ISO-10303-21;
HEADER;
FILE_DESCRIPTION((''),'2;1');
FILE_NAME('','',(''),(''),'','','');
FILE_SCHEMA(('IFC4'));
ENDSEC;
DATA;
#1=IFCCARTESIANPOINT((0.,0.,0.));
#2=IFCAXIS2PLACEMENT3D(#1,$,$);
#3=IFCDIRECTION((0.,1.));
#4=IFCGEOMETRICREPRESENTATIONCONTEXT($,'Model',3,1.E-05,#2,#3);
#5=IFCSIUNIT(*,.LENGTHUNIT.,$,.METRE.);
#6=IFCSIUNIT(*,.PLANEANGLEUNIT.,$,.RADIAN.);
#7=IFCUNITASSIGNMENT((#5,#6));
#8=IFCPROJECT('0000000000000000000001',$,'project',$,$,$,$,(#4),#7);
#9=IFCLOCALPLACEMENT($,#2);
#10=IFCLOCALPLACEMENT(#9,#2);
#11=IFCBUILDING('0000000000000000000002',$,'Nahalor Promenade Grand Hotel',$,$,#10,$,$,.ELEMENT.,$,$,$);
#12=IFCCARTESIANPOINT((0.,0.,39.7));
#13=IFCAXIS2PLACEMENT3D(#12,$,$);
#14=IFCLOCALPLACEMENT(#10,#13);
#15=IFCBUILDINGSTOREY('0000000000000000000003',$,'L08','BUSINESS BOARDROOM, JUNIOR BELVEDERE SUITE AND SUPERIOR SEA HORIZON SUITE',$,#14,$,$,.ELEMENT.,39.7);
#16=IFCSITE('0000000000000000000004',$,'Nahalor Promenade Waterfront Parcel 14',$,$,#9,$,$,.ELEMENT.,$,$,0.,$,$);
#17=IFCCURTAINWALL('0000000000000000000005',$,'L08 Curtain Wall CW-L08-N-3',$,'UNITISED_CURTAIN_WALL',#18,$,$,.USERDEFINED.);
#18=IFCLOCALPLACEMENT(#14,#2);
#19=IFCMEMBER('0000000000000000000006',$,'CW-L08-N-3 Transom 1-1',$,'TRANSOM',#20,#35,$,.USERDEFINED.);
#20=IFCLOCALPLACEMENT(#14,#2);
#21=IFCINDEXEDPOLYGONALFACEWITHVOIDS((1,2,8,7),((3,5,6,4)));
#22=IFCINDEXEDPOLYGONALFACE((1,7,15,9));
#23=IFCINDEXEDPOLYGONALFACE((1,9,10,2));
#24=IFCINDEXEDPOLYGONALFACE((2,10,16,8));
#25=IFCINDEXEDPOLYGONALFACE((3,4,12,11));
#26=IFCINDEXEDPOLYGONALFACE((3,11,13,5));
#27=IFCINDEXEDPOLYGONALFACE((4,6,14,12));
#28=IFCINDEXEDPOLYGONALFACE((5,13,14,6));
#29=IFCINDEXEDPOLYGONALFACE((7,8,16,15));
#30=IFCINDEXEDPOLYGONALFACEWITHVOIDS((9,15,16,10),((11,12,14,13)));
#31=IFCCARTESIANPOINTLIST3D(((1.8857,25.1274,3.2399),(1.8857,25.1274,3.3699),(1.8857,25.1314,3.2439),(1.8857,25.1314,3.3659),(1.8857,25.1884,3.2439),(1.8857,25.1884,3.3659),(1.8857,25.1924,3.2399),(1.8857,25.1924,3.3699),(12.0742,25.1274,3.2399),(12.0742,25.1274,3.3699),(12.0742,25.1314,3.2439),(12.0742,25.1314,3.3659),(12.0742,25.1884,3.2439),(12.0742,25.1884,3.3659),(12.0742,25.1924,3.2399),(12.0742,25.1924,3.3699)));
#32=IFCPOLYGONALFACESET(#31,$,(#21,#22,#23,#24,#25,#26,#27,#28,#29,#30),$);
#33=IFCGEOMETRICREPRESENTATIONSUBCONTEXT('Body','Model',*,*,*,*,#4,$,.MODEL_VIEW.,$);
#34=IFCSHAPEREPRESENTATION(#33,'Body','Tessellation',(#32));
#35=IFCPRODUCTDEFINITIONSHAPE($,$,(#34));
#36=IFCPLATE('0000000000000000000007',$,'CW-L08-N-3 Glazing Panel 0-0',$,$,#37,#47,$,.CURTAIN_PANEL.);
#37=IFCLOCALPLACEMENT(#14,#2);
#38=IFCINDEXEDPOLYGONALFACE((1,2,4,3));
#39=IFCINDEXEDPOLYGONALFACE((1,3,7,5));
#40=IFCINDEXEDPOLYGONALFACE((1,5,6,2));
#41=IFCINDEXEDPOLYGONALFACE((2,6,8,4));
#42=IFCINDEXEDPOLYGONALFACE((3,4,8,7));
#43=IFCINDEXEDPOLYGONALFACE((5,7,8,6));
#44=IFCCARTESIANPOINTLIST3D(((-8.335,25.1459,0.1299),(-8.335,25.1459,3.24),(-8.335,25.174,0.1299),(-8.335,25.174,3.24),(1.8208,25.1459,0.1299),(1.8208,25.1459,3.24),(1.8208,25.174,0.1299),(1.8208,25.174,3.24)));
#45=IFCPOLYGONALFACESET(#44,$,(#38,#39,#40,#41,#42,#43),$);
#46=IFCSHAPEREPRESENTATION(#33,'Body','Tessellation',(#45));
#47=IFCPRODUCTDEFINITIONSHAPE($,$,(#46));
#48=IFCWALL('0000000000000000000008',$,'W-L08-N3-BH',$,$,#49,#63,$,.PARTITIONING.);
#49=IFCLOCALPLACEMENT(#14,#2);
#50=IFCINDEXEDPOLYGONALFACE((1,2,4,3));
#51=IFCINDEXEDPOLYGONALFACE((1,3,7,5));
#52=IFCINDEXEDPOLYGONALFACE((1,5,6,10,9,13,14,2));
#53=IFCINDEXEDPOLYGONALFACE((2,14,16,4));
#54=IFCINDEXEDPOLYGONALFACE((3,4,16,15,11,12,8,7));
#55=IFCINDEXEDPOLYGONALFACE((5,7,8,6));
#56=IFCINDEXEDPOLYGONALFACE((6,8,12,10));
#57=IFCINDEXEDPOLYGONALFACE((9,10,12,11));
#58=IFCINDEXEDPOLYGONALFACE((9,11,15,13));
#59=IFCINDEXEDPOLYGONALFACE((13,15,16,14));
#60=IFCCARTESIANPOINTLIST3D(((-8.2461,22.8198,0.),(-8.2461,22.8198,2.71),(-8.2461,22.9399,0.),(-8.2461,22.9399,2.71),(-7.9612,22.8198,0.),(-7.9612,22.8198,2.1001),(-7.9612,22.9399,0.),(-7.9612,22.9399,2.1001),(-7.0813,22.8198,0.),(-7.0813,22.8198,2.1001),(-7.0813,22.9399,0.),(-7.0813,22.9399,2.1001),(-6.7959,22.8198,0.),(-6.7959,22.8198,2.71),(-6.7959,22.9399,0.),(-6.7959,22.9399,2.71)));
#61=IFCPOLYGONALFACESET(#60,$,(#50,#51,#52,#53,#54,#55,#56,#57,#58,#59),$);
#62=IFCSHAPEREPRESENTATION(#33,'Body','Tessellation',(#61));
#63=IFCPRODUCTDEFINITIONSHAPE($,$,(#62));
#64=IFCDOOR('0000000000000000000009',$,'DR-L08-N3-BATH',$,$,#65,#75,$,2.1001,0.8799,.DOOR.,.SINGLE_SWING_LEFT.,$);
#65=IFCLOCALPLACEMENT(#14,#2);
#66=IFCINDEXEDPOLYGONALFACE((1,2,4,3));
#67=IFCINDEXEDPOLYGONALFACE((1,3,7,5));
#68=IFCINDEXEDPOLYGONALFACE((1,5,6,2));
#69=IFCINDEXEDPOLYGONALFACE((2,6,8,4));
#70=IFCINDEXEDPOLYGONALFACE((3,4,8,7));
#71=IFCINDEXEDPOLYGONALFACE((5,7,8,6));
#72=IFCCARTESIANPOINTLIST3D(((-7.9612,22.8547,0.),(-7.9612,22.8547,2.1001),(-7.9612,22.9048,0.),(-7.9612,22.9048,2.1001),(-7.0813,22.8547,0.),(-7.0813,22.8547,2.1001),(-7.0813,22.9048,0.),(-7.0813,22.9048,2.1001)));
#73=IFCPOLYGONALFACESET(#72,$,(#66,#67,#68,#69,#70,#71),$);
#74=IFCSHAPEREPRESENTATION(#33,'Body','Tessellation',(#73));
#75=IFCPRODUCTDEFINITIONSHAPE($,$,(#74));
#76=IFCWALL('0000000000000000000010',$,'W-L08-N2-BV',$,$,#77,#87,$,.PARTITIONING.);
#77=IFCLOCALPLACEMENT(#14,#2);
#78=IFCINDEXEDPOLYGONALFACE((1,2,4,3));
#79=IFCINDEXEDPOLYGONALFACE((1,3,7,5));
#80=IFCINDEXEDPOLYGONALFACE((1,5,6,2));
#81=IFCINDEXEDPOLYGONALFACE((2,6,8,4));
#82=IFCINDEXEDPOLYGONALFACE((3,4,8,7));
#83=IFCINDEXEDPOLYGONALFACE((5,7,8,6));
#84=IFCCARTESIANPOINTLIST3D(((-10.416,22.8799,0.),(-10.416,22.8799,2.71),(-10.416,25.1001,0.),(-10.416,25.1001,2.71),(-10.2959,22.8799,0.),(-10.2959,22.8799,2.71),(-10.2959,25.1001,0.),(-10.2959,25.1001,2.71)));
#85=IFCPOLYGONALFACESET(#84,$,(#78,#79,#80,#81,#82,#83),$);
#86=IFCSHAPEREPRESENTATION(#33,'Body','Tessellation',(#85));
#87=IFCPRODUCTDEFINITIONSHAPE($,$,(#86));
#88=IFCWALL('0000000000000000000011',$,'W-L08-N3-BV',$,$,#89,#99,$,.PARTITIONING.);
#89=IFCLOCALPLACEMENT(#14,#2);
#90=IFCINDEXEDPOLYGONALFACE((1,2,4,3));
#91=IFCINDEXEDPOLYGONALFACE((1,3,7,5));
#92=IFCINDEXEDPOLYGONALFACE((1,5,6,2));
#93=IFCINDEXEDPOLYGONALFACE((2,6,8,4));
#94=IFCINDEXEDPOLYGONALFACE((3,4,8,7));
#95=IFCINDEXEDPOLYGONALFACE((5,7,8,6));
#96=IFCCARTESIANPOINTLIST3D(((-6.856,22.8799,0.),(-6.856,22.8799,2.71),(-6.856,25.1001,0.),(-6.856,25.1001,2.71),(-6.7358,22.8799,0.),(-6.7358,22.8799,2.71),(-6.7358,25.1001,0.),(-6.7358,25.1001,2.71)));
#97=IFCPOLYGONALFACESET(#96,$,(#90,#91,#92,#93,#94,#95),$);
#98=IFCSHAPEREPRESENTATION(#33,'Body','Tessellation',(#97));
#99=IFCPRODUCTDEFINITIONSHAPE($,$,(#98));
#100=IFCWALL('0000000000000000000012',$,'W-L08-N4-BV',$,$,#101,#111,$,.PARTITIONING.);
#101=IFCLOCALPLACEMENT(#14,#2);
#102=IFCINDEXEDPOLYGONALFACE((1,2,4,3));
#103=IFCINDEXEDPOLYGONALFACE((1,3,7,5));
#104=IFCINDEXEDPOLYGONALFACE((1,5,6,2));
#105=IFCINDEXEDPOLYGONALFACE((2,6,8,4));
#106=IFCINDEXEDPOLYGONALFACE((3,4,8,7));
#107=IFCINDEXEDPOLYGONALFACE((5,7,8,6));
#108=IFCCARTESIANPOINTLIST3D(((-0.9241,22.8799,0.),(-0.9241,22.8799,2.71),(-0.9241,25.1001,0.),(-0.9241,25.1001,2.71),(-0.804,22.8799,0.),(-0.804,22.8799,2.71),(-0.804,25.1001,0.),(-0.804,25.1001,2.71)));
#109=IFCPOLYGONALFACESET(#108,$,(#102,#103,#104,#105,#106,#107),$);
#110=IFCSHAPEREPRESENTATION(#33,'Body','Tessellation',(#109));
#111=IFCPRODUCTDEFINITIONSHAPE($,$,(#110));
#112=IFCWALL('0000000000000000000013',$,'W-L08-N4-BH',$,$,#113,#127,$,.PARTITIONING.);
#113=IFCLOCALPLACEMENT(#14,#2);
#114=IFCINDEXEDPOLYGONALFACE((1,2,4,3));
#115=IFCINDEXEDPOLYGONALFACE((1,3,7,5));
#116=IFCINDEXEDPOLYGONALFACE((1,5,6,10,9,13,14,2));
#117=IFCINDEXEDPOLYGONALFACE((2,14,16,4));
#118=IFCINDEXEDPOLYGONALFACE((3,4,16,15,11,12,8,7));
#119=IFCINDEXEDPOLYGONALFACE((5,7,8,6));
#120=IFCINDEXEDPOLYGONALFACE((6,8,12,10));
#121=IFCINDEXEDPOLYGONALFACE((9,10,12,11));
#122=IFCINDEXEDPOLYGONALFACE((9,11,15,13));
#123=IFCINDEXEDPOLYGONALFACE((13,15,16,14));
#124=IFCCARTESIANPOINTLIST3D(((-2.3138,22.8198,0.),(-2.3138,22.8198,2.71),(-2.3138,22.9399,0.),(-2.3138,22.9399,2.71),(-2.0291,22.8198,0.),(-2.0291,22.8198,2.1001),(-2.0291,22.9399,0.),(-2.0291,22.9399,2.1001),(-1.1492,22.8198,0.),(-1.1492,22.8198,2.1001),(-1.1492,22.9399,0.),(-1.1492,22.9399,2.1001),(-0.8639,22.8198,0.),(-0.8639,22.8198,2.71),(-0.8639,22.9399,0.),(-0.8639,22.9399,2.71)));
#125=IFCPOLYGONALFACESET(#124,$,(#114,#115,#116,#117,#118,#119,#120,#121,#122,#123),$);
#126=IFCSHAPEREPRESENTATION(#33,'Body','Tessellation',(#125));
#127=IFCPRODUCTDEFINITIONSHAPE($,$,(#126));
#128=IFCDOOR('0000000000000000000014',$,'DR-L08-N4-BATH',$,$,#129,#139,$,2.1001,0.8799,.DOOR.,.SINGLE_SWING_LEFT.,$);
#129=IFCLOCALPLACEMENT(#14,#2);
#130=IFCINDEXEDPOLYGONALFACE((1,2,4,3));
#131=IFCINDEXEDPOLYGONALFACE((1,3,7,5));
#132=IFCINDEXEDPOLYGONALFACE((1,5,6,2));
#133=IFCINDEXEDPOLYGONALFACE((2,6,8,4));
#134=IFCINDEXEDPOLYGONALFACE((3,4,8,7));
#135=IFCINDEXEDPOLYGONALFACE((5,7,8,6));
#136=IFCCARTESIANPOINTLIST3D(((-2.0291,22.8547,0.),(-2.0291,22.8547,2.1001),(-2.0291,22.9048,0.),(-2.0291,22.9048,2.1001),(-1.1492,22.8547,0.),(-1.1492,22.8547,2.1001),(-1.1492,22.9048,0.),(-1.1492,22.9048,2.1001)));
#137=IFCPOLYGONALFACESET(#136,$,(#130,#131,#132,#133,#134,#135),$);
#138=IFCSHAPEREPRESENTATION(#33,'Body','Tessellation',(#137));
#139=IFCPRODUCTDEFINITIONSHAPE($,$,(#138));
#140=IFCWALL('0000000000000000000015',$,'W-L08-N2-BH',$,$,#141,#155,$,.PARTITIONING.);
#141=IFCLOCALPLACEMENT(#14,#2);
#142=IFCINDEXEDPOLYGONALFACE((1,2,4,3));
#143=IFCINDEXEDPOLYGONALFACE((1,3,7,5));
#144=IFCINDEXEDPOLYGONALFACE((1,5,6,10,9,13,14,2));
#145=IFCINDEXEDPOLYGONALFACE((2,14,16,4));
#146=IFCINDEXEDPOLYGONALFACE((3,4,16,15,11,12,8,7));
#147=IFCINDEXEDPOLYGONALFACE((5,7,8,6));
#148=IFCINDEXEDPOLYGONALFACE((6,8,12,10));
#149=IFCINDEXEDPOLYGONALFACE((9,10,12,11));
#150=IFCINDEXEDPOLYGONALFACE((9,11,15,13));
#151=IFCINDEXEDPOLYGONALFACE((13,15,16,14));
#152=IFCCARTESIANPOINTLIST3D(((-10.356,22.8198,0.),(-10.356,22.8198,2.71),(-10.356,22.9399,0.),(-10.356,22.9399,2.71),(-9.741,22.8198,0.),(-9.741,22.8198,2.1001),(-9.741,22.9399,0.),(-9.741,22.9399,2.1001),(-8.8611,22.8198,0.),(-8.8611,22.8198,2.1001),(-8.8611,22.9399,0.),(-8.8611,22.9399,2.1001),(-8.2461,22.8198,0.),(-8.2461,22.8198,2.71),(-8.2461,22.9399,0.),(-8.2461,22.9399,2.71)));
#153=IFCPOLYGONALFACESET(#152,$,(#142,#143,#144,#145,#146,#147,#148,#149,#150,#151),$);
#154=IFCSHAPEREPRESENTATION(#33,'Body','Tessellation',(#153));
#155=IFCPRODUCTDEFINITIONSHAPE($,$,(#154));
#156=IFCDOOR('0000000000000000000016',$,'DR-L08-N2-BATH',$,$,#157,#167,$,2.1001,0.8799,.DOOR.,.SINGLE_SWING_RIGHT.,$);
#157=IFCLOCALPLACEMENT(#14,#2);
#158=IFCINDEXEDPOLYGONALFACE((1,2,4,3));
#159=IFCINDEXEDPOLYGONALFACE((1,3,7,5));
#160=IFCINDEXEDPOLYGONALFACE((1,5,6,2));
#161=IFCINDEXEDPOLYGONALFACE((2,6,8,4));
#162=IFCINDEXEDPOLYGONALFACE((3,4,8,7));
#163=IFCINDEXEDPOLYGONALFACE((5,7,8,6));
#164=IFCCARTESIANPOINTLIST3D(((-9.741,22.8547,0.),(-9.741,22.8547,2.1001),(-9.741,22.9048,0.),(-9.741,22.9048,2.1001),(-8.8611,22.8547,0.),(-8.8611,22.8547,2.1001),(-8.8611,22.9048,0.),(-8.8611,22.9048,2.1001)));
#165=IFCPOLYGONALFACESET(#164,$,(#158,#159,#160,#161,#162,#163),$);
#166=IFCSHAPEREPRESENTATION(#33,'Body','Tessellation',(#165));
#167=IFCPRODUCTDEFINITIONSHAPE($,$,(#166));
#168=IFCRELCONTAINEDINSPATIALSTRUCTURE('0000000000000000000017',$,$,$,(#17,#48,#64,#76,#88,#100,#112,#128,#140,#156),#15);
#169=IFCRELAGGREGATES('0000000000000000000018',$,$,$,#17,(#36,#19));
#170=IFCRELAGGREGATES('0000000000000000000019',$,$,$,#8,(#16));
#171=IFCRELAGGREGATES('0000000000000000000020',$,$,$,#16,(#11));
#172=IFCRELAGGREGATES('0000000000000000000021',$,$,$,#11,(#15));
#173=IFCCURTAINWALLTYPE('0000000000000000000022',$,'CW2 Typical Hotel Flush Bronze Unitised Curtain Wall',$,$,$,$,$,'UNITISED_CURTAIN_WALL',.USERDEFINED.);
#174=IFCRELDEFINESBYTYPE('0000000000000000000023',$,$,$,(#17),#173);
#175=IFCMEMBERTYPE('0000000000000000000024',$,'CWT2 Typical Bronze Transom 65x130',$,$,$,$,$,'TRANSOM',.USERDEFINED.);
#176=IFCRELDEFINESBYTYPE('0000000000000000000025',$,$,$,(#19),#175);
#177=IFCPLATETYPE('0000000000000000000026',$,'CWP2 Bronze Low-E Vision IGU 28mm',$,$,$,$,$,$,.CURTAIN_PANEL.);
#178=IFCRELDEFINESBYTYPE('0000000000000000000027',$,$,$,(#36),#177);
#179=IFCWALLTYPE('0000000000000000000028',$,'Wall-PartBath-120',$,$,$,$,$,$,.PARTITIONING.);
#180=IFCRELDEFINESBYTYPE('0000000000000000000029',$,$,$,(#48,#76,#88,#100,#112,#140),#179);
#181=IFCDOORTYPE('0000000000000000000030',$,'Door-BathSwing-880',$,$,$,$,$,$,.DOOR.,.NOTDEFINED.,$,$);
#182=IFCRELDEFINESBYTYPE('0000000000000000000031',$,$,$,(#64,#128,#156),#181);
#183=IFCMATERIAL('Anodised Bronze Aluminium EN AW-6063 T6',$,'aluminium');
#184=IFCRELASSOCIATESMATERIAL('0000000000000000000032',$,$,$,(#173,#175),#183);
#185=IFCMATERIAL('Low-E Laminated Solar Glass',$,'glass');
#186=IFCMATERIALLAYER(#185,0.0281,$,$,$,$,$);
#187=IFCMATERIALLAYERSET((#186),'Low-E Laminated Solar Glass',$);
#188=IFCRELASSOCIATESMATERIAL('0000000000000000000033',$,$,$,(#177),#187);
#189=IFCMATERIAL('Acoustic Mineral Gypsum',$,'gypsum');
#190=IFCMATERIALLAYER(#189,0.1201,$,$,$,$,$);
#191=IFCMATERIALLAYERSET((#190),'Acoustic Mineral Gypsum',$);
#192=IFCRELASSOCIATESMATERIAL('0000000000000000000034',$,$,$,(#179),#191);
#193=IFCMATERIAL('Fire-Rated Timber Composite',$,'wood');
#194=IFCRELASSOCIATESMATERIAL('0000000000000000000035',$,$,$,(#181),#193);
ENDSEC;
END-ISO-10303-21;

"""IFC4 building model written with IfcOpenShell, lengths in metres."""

from ifc_helpers import new_model, si_unit, direction, frame, frame_2d, origin, origin_2d, place, context, subcontext, project, spatial, rectangle, hollow_rectangle, extrude, source, transform, mapped, material, layer, layer_set, material_profile, profile_set, type_object, element, fill, aggregate, save


model = new_model("IFC4")

# Units and contexts
model_context = context("Model", 3, precision=1e-05, world=origin(), true_north=direction((0.0, 1.0)))
body_context = subcontext(model_context, "Body", "Model", "MODEL_VIEW")
ifc_project = project(units=[si_unit("LENGTHUNIT", "METRE"), si_unit("PLANEANGLEUNIT", "RADIAN")], contexts=[model_context])

# Site, building, storey
site_placement = place(None, origin())
site = spatial("IfcSite", under=ifc_project, at=site_placement, Name="Nahalor Promenade Waterfront Parcel 14", CompositionType="ELEMENT", RefElevation=0.0)
building_placement = place(site_placement, origin())
building = spatial("IfcBuilding", under=site, at=building_placement, Name="Nahalor Promenade Grand Hotel", CompositionType="ELEMENT")
storey_placement = place(building_placement, frame((0.0, 0.0, 39.7)))
storey = spatial("IfcBuildingStorey", under=building, at=storey_placement, Name="L08", Description="BUSINESS BOARDROOM, JUNIOR BELVEDERE SUITE AND SUPERIOR SEA HORIZON SUITE", CompositionType="ELEMENT", Elevation=39.7)

# Curtain wall, member, plate
ifc_material_1 = material(Name="Anodised Bronze Aluminium EN AW-6063 T6", Category="aluminium")
curtain_wall_type = type_object("IfcCurtainWallType", Name="CW2 Typical Hotel Flush Bronze Unitised Curtain Wall", ElementType="UNITISED_CURTAIN_WALL", PredefinedType="USERDEFINED", material=ifc_material_1)
curtain_wall_placement = place(storey_placement, origin())
curtain_wall = element("IfcCurtainWall", 1, at=curtain_wall_placement, inside=storey, type_object=curtain_wall_type, Name="L08 Curtain Wall CW-L08-N-3", ObjectType="UNITISED_CURTAIN_WALL", PredefinedType="USERDEFINED")
ifc_material_profile_1 = material_profile(ifc_material_1, hollow_rectangle(XDim=0.065, YDim=0.13, WallThickness=0.004, at=origin_2d()), Name="CWT 65x130x4")
ifc_profile_set_1 = profile_set([ifc_material_profile_1], Name="Anodised Bronze Aluminium EN AW-6063 T6")
member_type_1 = type_object("IfcMemberType", Name="CWT2 Typical Bronze Transom 65x130", ElementType="TRANSOM", PredefinedType="USERDEFINED", material=ifc_profile_set_1)
shared_shape_1 = source(origin(), body_context, "Body", "SweptSolid", [
    extrude(hollow_rectangle(XDim=0.065, YDim=0.13, WallThickness=0.004, at=origin_2d()), origin(), (0.0, 0.0, 1.0), 10.1885),
])
member_1_placement = place(storey_placement, frame((1.8857, 25.1599, 3.3049), z_axis=(1.0, 0.0, 0.0), x_axis=(0.0, 1.0, 0.0)))
member_1 = element("IfcMember", 2, at=member_1_placement, type_object=member_type_1, Name="CW-L08-N-3 Transom 1-1", ObjectType="TRANSOM", PredefinedType="USERDEFINED", context=body_context, shape_type="MappedRepresentation", body=[
    mapped(shared_shape_1, transform((0.0, 0.0, 0.0), scale=1.0)),
])
ifc_material_2 = material(Name="Low-E Laminated Solar Glass", Category="glass")
ifc_layer_1 = layer(ifc_material_2, 0.0281)
ifc_layer_set_1 = layer_set([ifc_layer_1], Name="Low-E Laminated Solar Glass")
plate_type = type_object("IfcPlateType", Name="CWP2 Bronze Low-E Vision IGU 28mm", PredefinedType="CURTAIN_PANEL", material=ifc_layer_set_1)
shared_shape_2 = source(origin(), body_context, "Body", "SweptSolid", [
    extrude(rectangle(XDim=10.1558, YDim=0.0281, at=origin_2d()), origin(), (0.0, 0.0, 1.0), 3.1101),
])
plate_placement = place(storey_placement, frame((-3.2571, 25.1599, 0.1299), z_axis=(0.0, 0.0, 1.0), x_axis=(1.0, 0.0, 0.0)))
plate = element("IfcPlate", 3, at=plate_placement, type_object=plate_type, Name="CW-L08-N-3 Glazing Panel 0-0", PredefinedType="CURTAIN_PANEL", context=body_context, shape_type="MappedRepresentation", body=[
    mapped(shared_shape_2, transform((0.0, 0.0, 0.0), scale=1.0)),
])
aggregate(curtain_wall, [plate, member_1])

# Wall, opening, door
ifc_material_3 = material(Name="Acoustic Mineral Gypsum", Category="gypsum")
ifc_layer_2 = layer(ifc_material_3, 0.1201)
ifc_layer_set_2 = layer_set([ifc_layer_2], Name="Acoustic Mineral Gypsum")
wall_type = type_object("IfcWallType", Name="Wall-PartBath-120", PredefinedType="PARTITIONING", material=ifc_layer_set_2)
shared_shape_3 = source(origin(), body_context, "Body", "SweptSolid", [
    extrude(rectangle(XDim=1.4502, YDim=0.1201, at=frame_2d((0.7251, 0.0))), origin(), (0.0, 0.0, 1.0), 2.71),
])
wall_1_placement = place(storey_placement, frame((-8.2461, 22.8799, 0.0), z_axis=(0.0, 0.0, 1.0), x_axis=(1.0, 0.0, 0.0)))
wall_1 = element("IfcWall", 4, at=wall_1_placement, inside=storey, type_object=wall_type, Name="W-L08-N3-BH", PredefinedType="PARTITIONING", context=body_context, shape_type="MappedRepresentation", body=[
    mapped(shared_shape_3, transform((0.0, 0.0, 0.0), scale=1.0)),
])
opening_1_placement = place(wall_1_placement, frame((0.2849, 0.0, 0.0)))
opening_1 = element("IfcOpeningElement", 5, at=opening_1_placement, cuts=wall_1, PredefinedType="OPENING", context=body_context, shape_type="SweptSolid", body=[
    extrude(rectangle(XDim=0.8799, YDim=2.1001, at=frame_2d((0.4399, 1.05))), frame((0.0, 0.0701, 0.0), z_axis=(0.0, -1.0, 0.0), x_axis=(1.0, 0.0, 0.0)), (0.0, 0.0, 1.0), 0.1401),
])
ifc_material_4 = material(Name="Fire-Rated Timber Composite", Category="wood")
door_type = type_object("IfcDoorType", Name="Door-BathSwing-880", OperationType="NOTDEFINED", PredefinedType="DOOR", material=ifc_material_4)
shared_shape_4 = source(origin(), body_context, "Body", "SweptSolid", [
    extrude(rectangle(XDim=0.8799, YDim=2.1001, at=frame_2d((0.4399, 1.05))), frame((0.0, 0.0249, 0.0), z_axis=(0.0, -1.0, 0.0), x_axis=(1.0, 0.0, 0.0)), (0.0, 0.0, 1.0), 0.05),
])
door_1_placement = place(opening_1_placement, origin())
door_1 = element("IfcDoor", 6, at=door_1_placement, inside=storey, type_object=door_type, Name="DR-L08-N3-BATH", OperationType="SINGLE_SWING_LEFT", OverallHeight=2.1001, OverallWidth=0.8799, PredefinedType="DOOR", context=body_context, shape_type="MappedRepresentation", body=[
    mapped(shared_shape_4, transform((0.0, 0.0, 0.0), scale=1.0)),
])
fill(opening_1, door_1)

# Walls
shared_shape_5 = source(origin(), body_context, "Body", "SweptSolid", [
    extrude(rectangle(XDim=2.2202, YDim=0.1201, at=frame_2d((1.1101, 0.0))), origin(), (0.0, 0.0, 1.0), 2.71),
])
for number, where, z_axis, x_axis, name in (
    (7, (-10.356, 22.8799, 0.0), (0.0, 0.0, 1.0), (0.0, 1.0, 0.0), "W-L08-N2-BV"),
    (8, (-6.7959, 22.8799, 0.0), (0.0, 0.0, 1.0), (0.0, 1.0, 0.0), "W-L08-N3-BV"),
    (9, (-0.864, 22.8799, 0.0), (0.0, 0.0, 1.0), (0.0, 1.0, 0.0), "W-L08-N4-BV"),
):
    element("IfcWall", number, at=place(storey_placement, frame(where, z_axis=z_axis, x_axis=x_axis)), inside=storey, type_object=wall_type, Name=name, PredefinedType="PARTITIONING", context=body_context, shape_type="MappedRepresentation", body=[
        mapped(shared_shape_5, transform((0.0, 0.0, 0.0), scale=1.0)),
    ])

# Walls, openings, doors
shared_shape_6 = source(origin(), body_context, "Body", "SweptSolid", [
    extrude(rectangle(XDim=1.45, YDim=0.1201, at=frame_2d((0.7251, 0.0))), origin(), (0.0, 0.0, 1.0), 2.71),
])
wall_2_placement = place(storey_placement, frame((-2.314, 22.8799, 0.0), z_axis=(0.0, 0.0, 1.0), x_axis=(1.0, 0.0, 0.0)))
wall_2 = element("IfcWall", 10, at=wall_2_placement, inside=storey, type_object=wall_type, Name="W-L08-N4-BH", PredefinedType="PARTITIONING", context=body_context, shape_type="MappedRepresentation", body=[
    mapped(shared_shape_6, transform((0.0, 0.0, 0.0), scale=1.0)),
])
opening_2_placement = place(wall_2_placement, frame((0.2849, 0.0, 0.0)))
opening_2 = element("IfcOpeningElement", 11, at=opening_2_placement, cuts=wall_2, PredefinedType="OPENING", context=body_context, shape_type="SweptSolid", body=[
    extrude(rectangle(XDim=0.8799, YDim=2.1001, at=frame_2d((0.4399, 1.05))), frame((0.0, 0.0701, 0.0), z_axis=(0.0, -1.0, 0.0), x_axis=(1.0, 0.0, 0.0)), (0.0, 0.0, 1.0), 0.1401),
])
door_2_placement = place(opening_2_placement, origin())
door_2 = element("IfcDoor", 12, at=door_2_placement, inside=storey, type_object=door_type, Name="DR-L08-N4-BATH", OperationType="SINGLE_SWING_LEFT", OverallHeight=2.1001, OverallWidth=0.8799, PredefinedType="DOOR", context=body_context, shape_type="MappedRepresentation", body=[
    mapped(shared_shape_4, transform((0.0, 0.0, 0.0), scale=1.0)),
])
fill(opening_2, door_2)
shared_shape_7 = source(origin(), body_context, "Body", "SweptSolid", [
    extrude(rectangle(XDim=2.1099, YDim=0.1201, at=frame_2d((1.0549, 0.0))), origin(), (0.0, 0.0, 1.0), 2.71),
])
wall_3_placement = place(storey_placement, frame((-10.356, 22.8799, 0.0), z_axis=(0.0, 0.0, 1.0), x_axis=(1.0, 0.0, 0.0)))
wall_3 = element("IfcWall", 13, at=wall_3_placement, inside=storey, type_object=wall_type, Name="W-L08-N2-BH", PredefinedType="PARTITIONING", context=body_context, shape_type="MappedRepresentation", body=[
    mapped(shared_shape_7, transform((0.0, 0.0, 0.0), scale=1.0)),
])
opening_3_placement = place(wall_3_placement, frame((0.615, 0.0, 0.0)))
opening_3 = element("IfcOpeningElement", 14, at=opening_3_placement, cuts=wall_3, PredefinedType="OPENING", context=body_context, shape_type="SweptSolid", body=[
    extrude(rectangle(XDim=0.8799, YDim=2.1001, at=frame_2d((0.4399, 1.05))), frame((0.0, 0.0701, 0.0), z_axis=(0.0, -1.0, 0.0), x_axis=(1.0, 0.0, 0.0)), (0.0, 0.0, 1.0), 0.1401),
])
door_3_placement = place(opening_3_placement, origin())
door_3 = element("IfcDoor", 15, at=door_3_placement, inside=storey, type_object=door_type, Name="DR-L08-N2-BATH", OperationType="SINGLE_SWING_RIGHT", OverallHeight=2.1001, OverallWidth=0.8799, PredefinedType="DOOR", context=body_context, shape_type="MappedRepresentation", body=[
    mapped(shared_shape_4, transform((0.0, 0.0, 0.0), scale=1.0)),
])
fill(opening_3, door_3)

save(model, "model.ifc")
